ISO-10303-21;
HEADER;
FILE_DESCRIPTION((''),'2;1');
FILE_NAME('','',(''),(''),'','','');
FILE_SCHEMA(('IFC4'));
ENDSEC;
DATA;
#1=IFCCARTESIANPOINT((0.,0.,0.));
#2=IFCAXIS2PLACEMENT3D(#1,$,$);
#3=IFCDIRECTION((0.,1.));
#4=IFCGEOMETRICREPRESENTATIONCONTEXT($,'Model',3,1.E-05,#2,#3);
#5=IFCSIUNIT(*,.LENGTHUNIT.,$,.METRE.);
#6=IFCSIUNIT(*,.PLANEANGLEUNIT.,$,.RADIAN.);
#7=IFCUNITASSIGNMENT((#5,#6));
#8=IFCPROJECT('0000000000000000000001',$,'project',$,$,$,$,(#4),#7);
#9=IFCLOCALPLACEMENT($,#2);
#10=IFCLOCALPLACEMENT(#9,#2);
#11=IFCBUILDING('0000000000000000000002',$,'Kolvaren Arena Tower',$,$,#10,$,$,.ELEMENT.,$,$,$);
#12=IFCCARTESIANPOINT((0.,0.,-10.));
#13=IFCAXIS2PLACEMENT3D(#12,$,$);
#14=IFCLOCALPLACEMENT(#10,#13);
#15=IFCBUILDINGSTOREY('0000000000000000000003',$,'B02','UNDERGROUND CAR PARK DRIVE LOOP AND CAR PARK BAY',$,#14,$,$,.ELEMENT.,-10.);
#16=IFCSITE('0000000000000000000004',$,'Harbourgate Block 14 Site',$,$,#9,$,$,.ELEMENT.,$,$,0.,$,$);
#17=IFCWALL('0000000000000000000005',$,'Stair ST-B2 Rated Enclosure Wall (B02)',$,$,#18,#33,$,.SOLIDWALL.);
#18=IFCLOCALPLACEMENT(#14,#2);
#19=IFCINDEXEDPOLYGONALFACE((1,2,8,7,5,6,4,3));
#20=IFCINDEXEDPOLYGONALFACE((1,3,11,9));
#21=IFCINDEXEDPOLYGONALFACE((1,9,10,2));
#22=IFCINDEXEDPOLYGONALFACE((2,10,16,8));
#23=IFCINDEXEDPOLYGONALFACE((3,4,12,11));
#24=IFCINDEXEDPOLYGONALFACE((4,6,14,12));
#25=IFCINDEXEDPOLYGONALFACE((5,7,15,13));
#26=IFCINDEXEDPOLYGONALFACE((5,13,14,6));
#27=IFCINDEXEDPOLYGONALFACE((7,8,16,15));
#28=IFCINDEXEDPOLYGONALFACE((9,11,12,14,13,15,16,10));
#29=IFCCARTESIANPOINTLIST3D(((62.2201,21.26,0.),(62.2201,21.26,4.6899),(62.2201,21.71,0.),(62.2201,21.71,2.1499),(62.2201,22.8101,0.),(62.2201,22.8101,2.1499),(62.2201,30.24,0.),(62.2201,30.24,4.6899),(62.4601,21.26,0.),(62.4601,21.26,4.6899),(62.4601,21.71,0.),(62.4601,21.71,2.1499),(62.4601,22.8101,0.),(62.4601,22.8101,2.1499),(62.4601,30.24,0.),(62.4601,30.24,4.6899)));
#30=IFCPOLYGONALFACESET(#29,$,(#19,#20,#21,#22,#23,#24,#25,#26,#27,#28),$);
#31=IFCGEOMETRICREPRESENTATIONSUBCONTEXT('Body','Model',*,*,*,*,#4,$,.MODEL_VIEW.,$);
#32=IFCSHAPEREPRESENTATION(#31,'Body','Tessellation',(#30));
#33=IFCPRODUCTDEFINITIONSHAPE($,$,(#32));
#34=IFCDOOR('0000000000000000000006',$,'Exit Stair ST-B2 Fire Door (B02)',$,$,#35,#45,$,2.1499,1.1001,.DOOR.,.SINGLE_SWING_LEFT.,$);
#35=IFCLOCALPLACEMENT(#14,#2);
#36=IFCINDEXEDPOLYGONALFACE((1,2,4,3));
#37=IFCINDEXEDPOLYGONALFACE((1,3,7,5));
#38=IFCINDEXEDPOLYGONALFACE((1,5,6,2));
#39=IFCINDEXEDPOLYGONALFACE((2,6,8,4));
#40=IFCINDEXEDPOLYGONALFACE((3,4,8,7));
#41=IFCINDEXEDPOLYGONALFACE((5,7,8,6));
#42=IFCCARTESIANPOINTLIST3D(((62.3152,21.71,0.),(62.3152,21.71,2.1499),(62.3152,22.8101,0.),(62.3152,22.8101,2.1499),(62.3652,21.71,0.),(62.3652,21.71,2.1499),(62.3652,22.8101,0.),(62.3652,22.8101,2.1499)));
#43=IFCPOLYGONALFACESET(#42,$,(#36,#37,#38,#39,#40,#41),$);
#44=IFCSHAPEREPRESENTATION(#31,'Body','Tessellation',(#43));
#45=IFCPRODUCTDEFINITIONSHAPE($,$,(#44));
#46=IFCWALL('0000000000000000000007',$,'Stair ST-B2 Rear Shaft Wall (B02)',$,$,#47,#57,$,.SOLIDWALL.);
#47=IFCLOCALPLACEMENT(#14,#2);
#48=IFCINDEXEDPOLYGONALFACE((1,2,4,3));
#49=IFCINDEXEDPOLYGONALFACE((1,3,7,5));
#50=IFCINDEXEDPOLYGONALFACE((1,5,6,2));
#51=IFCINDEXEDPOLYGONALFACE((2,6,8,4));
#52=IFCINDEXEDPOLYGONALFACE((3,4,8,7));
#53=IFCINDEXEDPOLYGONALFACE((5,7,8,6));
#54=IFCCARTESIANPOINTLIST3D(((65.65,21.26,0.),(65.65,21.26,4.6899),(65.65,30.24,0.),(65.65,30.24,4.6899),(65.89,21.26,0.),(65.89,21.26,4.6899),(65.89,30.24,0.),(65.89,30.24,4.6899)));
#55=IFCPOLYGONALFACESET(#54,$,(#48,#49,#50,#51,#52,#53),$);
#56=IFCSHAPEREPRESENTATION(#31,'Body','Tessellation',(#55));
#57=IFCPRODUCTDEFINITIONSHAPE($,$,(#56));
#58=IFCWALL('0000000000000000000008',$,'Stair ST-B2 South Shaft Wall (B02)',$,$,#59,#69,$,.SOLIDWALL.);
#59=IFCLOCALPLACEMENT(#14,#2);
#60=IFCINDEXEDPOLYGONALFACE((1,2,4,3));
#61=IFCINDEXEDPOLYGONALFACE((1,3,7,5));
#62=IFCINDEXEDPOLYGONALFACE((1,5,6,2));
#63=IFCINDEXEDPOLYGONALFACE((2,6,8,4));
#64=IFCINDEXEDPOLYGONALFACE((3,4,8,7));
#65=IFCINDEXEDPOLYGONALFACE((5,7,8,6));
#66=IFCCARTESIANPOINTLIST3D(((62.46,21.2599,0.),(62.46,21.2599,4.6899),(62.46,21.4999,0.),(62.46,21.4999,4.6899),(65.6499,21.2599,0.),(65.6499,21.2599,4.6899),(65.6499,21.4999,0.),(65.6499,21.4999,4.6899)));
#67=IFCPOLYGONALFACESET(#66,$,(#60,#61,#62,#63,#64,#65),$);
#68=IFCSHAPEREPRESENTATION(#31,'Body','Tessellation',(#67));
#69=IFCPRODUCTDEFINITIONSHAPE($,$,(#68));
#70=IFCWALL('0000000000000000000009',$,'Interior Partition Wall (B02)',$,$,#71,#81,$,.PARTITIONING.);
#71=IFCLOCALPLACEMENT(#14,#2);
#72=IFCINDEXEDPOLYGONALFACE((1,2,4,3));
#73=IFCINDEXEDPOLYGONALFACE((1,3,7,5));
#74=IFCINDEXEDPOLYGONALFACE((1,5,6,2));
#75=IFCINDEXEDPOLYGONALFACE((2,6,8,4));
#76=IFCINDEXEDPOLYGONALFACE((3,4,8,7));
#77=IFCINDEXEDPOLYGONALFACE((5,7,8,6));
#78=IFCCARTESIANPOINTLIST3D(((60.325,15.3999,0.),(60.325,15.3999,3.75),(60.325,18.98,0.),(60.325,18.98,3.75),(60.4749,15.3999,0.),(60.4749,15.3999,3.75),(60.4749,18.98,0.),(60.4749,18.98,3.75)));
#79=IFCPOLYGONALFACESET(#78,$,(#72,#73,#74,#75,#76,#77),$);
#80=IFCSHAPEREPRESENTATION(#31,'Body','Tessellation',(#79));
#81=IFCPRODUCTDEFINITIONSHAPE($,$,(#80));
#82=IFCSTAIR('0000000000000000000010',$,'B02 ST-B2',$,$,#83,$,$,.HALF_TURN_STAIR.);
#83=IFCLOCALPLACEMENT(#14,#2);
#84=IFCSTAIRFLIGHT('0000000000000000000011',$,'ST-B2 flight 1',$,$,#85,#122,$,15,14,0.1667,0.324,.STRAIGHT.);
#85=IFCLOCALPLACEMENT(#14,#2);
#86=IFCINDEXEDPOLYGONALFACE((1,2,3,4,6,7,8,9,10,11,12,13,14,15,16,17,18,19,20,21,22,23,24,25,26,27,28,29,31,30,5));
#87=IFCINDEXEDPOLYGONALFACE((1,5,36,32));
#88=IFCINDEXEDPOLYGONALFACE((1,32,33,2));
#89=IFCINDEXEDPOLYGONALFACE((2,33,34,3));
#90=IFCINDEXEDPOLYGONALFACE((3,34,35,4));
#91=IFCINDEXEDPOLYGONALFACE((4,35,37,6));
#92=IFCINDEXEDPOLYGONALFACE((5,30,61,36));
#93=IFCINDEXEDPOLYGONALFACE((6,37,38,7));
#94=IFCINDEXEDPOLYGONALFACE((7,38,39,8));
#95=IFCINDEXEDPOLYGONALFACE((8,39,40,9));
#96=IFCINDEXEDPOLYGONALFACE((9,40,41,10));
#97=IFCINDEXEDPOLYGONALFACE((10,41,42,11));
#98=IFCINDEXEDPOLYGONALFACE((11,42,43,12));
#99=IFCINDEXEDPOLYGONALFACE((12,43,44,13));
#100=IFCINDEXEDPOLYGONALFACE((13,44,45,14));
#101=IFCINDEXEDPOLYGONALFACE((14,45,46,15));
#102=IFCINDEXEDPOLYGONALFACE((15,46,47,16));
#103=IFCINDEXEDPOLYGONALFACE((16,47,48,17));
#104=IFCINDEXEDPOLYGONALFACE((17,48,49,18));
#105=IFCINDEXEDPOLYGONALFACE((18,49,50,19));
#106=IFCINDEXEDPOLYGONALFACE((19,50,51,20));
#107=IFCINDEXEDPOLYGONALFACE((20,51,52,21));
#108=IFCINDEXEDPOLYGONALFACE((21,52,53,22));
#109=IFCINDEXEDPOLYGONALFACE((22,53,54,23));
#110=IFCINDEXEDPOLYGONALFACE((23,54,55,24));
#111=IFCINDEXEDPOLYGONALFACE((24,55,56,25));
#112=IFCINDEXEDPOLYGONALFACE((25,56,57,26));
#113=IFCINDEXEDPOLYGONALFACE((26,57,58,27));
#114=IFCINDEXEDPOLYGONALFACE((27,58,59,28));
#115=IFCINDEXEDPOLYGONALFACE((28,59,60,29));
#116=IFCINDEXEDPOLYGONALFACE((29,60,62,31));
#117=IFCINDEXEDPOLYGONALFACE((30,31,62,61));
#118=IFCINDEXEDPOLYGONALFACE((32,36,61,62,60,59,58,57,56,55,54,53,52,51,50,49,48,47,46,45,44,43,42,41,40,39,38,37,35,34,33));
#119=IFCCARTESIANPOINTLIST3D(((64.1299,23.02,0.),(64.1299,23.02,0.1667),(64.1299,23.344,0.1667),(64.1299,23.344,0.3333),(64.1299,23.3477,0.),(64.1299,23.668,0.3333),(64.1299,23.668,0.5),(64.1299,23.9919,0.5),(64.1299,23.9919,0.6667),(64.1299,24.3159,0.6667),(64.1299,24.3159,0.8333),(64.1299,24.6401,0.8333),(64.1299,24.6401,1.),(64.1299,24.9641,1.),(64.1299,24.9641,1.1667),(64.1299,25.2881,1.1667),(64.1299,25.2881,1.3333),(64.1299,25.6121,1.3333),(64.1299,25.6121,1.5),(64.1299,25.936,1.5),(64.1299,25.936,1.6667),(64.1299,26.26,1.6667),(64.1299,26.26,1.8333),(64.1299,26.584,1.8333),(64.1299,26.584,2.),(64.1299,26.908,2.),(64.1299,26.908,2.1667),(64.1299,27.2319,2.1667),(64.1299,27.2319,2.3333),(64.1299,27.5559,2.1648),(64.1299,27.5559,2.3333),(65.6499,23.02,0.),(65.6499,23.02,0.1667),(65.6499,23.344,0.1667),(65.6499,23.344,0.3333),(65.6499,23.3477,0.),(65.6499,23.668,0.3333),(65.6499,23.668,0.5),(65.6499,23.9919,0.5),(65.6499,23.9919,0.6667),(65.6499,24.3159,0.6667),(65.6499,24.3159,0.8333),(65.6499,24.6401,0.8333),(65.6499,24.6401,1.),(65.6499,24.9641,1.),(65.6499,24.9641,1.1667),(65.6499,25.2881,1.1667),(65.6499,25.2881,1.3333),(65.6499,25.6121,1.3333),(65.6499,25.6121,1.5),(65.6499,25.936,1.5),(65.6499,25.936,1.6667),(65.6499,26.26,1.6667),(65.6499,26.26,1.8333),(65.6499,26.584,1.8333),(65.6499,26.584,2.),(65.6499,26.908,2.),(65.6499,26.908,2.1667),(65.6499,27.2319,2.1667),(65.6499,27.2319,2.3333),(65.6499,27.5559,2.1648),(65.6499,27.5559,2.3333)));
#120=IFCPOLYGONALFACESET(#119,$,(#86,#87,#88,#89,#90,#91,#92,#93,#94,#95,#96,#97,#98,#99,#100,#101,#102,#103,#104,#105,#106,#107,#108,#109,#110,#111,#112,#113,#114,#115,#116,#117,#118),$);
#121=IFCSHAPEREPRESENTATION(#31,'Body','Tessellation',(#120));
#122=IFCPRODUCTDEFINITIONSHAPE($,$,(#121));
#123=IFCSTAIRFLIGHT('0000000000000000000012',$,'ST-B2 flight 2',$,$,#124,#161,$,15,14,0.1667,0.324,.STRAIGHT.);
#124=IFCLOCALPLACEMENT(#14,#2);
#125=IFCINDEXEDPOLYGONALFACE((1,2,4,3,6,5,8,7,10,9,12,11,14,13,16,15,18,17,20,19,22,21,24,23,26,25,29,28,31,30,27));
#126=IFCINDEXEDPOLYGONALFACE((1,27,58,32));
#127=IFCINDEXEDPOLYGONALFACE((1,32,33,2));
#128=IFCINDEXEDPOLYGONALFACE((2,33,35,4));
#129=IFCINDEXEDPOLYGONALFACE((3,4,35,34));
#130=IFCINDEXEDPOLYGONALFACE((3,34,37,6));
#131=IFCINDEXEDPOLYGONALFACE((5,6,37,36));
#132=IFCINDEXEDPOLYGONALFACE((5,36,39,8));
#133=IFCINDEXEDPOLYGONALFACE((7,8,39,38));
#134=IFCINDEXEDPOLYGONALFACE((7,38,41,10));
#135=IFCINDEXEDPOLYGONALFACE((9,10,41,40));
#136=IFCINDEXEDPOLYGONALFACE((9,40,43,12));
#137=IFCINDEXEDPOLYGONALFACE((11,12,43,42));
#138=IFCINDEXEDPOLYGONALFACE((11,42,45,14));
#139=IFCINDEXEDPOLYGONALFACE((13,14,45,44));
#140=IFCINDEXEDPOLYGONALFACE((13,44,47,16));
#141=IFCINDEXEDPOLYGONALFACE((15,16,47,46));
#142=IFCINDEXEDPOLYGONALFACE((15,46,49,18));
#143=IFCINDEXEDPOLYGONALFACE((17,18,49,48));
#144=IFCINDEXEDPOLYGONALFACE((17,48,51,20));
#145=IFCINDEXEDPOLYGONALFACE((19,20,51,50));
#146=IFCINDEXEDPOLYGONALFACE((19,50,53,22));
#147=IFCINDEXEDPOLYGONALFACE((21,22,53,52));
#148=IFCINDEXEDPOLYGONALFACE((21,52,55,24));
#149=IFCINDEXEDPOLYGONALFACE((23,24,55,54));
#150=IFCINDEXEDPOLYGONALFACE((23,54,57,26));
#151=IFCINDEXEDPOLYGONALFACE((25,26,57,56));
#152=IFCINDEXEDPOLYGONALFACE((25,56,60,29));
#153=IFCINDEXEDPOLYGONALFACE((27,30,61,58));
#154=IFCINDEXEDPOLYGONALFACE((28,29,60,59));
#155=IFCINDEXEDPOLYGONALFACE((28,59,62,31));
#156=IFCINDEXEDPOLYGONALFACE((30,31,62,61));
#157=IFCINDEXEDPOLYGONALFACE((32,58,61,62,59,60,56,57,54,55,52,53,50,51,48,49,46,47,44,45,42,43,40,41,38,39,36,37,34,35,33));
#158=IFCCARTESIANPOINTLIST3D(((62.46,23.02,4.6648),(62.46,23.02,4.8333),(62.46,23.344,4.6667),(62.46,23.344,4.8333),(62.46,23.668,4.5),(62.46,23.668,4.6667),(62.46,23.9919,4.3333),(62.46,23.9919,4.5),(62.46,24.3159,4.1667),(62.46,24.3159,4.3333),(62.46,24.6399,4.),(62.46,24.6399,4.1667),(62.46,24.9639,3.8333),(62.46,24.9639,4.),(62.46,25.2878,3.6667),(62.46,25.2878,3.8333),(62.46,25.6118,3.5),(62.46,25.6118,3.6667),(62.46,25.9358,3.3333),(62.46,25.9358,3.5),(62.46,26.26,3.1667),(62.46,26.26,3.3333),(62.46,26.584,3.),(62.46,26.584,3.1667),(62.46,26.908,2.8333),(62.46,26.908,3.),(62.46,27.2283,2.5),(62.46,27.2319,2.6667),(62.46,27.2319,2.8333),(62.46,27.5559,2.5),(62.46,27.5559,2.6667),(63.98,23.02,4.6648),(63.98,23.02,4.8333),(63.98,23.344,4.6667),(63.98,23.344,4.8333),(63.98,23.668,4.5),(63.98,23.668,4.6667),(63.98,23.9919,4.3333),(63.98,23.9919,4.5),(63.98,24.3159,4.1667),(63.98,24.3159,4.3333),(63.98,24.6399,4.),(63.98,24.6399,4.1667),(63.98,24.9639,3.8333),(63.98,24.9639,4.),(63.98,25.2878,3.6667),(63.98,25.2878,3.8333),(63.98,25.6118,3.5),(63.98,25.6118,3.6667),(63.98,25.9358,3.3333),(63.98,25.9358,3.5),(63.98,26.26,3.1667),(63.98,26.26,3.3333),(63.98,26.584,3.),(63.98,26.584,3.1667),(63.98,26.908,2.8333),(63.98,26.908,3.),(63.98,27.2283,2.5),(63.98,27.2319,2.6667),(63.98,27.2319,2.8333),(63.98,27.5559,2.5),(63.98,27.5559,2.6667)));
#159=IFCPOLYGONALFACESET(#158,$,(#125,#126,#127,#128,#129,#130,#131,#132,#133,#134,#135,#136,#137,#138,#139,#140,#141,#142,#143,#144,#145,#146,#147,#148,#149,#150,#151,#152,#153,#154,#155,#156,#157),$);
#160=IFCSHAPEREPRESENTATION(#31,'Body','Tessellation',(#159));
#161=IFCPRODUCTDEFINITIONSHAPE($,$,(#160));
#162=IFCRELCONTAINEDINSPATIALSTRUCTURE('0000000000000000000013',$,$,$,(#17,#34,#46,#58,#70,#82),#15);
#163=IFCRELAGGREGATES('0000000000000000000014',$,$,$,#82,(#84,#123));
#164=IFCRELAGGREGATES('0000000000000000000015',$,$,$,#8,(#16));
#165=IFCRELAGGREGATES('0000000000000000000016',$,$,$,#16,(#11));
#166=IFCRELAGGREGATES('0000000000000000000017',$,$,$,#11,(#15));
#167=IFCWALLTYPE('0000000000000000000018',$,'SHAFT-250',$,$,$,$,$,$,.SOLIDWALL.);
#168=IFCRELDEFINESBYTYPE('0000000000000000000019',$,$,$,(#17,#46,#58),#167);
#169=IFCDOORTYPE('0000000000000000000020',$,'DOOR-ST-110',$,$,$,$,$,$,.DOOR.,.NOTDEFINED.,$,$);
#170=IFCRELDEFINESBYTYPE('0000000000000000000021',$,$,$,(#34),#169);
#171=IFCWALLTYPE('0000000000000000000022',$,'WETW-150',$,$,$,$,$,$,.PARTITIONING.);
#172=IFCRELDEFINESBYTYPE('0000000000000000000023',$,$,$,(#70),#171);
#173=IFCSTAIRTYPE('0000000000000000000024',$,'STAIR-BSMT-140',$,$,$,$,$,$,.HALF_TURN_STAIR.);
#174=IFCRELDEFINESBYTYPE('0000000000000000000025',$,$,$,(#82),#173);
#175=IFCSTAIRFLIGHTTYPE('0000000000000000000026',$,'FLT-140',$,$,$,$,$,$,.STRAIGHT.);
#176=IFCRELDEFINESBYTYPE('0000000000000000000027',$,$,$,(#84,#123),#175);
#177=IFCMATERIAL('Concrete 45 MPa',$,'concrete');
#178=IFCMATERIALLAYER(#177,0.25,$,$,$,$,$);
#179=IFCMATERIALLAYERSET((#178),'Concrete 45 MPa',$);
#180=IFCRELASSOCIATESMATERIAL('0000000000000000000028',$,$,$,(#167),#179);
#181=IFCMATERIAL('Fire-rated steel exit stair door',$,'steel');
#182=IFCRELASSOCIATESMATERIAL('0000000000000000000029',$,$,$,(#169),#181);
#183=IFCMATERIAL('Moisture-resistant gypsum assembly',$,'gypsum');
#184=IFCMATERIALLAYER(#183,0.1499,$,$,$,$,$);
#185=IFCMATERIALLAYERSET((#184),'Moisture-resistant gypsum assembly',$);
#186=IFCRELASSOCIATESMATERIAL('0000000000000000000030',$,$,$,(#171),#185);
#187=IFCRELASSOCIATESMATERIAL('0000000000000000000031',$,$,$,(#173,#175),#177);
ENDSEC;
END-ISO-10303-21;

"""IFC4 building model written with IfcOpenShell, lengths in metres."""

from ifc_helpers import new_model, si_unit, direction, frame, frame_2d, origin, place, context, subcontext, project, spatial, polyline, rectangle, outline, extrude, material, layer, layer_set, type_object, element, fill, aggregate, save


model = new_model("IFC4")

# Units and contexts
model_context = context("Model", 3, precision=1e-05, world=origin(), true_north=direction((0.0, 1.0)))
body_context = subcontext(model_context, "Body", "Model", "MODEL_VIEW")
ifc_project = project(units=[si_unit("LENGTHUNIT", "METRE"), si_unit("PLANEANGLEUNIT", "RADIAN")], contexts=[model_context])

# Site, building, storey
site_placement = place(None, origin())
site = spatial("IfcSite", under=ifc_project, at=site_placement, Name="Harbourgate Block 14 Site", CompositionType="ELEMENT", RefElevation=0.0)
building_placement = place(site_placement, origin())
building = spatial("IfcBuilding", under=site, at=building_placement, Name="Kolvaren Arena Tower", CompositionType="ELEMENT")
storey_placement = place(building_placement, frame((0.0, 0.0, -10.0)))
storey = spatial("IfcBuildingStorey", under=building, at=storey_placement, Name="B02", Description="UNDERGROUND CAR PARK DRIVE LOOP AND CAR PARK BAY", CompositionType="ELEMENT", Elevation=-10.0)

# Wall, opening, door
ifc_material_1 = material(Name="Concrete 45 MPa", Category="concrete")
ifc_layer_1 = layer(ifc_material_1, 0.25)
ifc_layer_set_1 = layer_set([ifc_layer_1], Name="Concrete 45 MPa")
wall_type_1 = type_object("IfcWallType", Name="SHAFT-250", PredefinedType="SOLIDWALL", material=ifc_layer_set_1)
wall_1_placement = place(storey_placement, frame((62.3401, 21.26, 0.0), z_axis=(0.0, 0.0, 1.0), x_axis=(0.0, 1.0, 0.0)))
wall_1 = element("IfcWall", 1, at=wall_1_placement, inside=storey, type_object=wall_type_1, Name="Stair ST-B2 Rated Enclosure Wall (B02)", PredefinedType="SOLIDWALL", context=body_context, shape_type="SweptSolid", body=[
    extrude(rectangle(XDim=8.98, YDim=0.24, at=frame_2d((4.49, 0.0))), origin(), (0.0, 0.0, 1.0), 4.6899),
])
opening_placement = place(wall_1_placement, frame((0.45, 0.0, 0.0)))
opening = element("IfcOpeningElement", 2, at=opening_placement, cuts=wall_1, PredefinedType="OPENING", context=body_context, shape_type="SweptSolid", body=[
    extrude(rectangle(XDim=1.1001, YDim=2.1499, at=frame_2d((0.55, 1.075))), frame((0.0, 0.1299, 0.0), z_axis=(0.0, -1.0, 0.0), x_axis=(1.0, 0.0, 0.0)), (0.0, 0.0, 1.0), 0.26),
])
ifc_material_2 = material(Name="Fire-rated steel exit stair door", Category="steel")
door_type = type_object("IfcDoorType", Name="DOOR-ST-110", OperationType="NOTDEFINED", PredefinedType="DOOR", material=ifc_material_2)
door_placement = place(opening_placement, origin())
door = element("IfcDoor", 3, at=door_placement, inside=storey, type_object=door_type, Name="Exit Stair ST-B2 Fire Door (B02)", OperationType="SINGLE_SWING_LEFT", OverallHeight=2.1499, OverallWidth=1.1001, PredefinedType="DOOR", context=body_context, shape_type="SweptSolid", body=[
    extrude(rectangle(XDim=1.1001, YDim=2.1499, at=frame_2d((0.55, 1.075))), frame((0.0, 0.0249, 0.0), z_axis=(0.0, -1.0, 0.0), x_axis=(1.0, 0.0, 0.0)), (0.0, 0.0, 1.0), 0.05),
])
fill(opening, door)

# Walls
wall_2_placement = place(storey_placement, frame((65.77, 21.26, 0.0), z_axis=(0.0, 0.0, 1.0), x_axis=(0.0, 1.0, 0.0)))
element("IfcWall", 4, at=wall_2_placement, inside=storey, type_object=wall_type_1, Name="Stair ST-B2 Rear Shaft Wall (B02)", PredefinedType="SOLIDWALL", context=body_context, shape_type="SweptSolid", body=[
    extrude(rectangle(XDim=8.98, YDim=0.24, at=frame_2d((4.49, 0.0))), origin(), (0.0, 0.0, 1.0), 4.6899),
])
wall_3_placement = place(storey_placement, frame((62.46, 21.3799, 0.0), z_axis=(0.0, 0.0, 1.0), x_axis=(1.0, 0.0, 0.0)))
element("IfcWall", 5, at=wall_3_placement, inside=storey, type_object=wall_type_1, Name="Stair ST-B2 South Shaft Wall (B02)", PredefinedType="SOLIDWALL", context=body_context, shape_type="SweptSolid", body=[
    extrude(rectangle(XDim=3.1899, YDim=0.24, at=frame_2d((1.595, 0.0))), origin(), (0.0, 0.0, 1.0), 4.6899),
])
ifc_material_3 = material(Name="Moisture-resistant gypsum assembly", Category="gypsum")
ifc_layer_2 = layer(ifc_material_3, 0.1499)
ifc_layer_set_2 = layer_set([ifc_layer_2], Name="Moisture-resistant gypsum assembly")
wall_type_2 = type_object("IfcWallType", Name="WETW-150", PredefinedType="PARTITIONING", material=ifc_layer_set_2)
wall_4_placement = place(storey_placement, frame((60.3999, 15.3999, 0.0), z_axis=(0.0, 0.0, 1.0), x_axis=(0.0, 1.0, 0.0)))
element("IfcWall", 6, at=wall_4_placement, inside=storey, type_object=wall_type_2, Name="Interior Partition Wall (B02)", PredefinedType="PARTITIONING", context=body_context, shape_type="SweptSolid", body=[
    extrude(rectangle(XDim=3.5801, YDim=0.1499, at=frame_2d((1.79, 0.0))), origin(), (0.0, 0.0, 1.0), 3.75),
])

# Stair, stair flights
stair_type = type_object("IfcStairType", Name="STAIR-BSMT-140", PredefinedType="HALF_TURN_STAIR", material=ifc_material_1)
stair_placement = place(storey_placement, origin())
stair = element("IfcStair", 7, at=stair_placement, inside=storey, type_object=stair_type, Name="B02 ST-B2", PredefinedType="HALF_TURN_STAIR")
stair_flight_type = type_object("IfcStairFlightType", Name="FLT-140", PredefinedType="STRAIGHT", material=ifc_material_1)
stair_flight_1_placement = place(storey_placement, frame((64.8899, 23.02, 0.0), z_axis=(0.0, 0.0, 1.0), x_axis=(0.0, 1.0, 0.0)))
stair_flight_1 = element("IfcStairFlight", 8, at=stair_flight_1_placement, type_object=stair_flight_type, Name="ST-B2 flight 1", NumberOfRisers=15, NumberOfTreads=14, PredefinedType="STRAIGHT", RiserHeight=0.1667, TreadLength=0.324, context=body_context, shape_type="SweptSolid", body=[
    extrude(outline(polyline([(0.0, 0.0), (0.0, 0.1667), (0.324, 0.1667), (0.324, 0.3333), (0.6479, 0.3333), (0.6479, 0.5), (0.9719, 0.5), (0.9719, 0.6667), (1.2959, 0.6667), (1.2959, 0.8333), (1.6201, 0.8333), (1.6201, 1.0), (1.9441, 1.0), (1.9441, 1.1667), (2.2681, 1.1667), (2.2681, 1.3333), (2.592, 1.3333), (2.592, 1.5), (2.916, 1.5), (2.916, 1.6667), (3.24, 1.6667), (3.24, 1.8333), (3.564, 1.8333), (3.564, 2.0), (3.8879, 2.0), (3.8879, 2.1667), (4.2119, 2.1667), (4.2119, 2.3333), (4.5359, 2.3333), (4.5359, 2.5), (4.5359, 2.1648), (0.3276, 0.0), (0.0, 0.0)])), frame((0.0, 0.76, 0.0), z_axis=(0.0, -1.0, 0.0), x_axis=(1.0, 0.0, 0.0)), (0.0, 0.0, 1.0), 1.52),
])
stair_flight_2_placement = place(storey_placement, frame((63.22, 27.5559, 2.5), z_axis=(0.0, 0.0, 1.0), x_axis=(0.0, -1.0, 0.0)))
stair_flight_2 = element("IfcStairFlight", 9, at=stair_flight_2_placement, type_object=stair_flight_type, Name="ST-B2 flight 2", NumberOfRisers=15, NumberOfTreads=14, PredefinedType="STRAIGHT", RiserHeight=0.1667, TreadLength=0.324, context=body_context, shape_type="SweptSolid", body=[
    extrude(outline(polyline([(0.0, 0.0), (0.0, 0.1667), (0.324, 0.1667), (0.324, 0.3333), (0.6479, 0.3333), (0.6479, 0.5), (0.9719, 0.5), (0.9719, 0.6667), (1.2959, 0.6667), (1.2959, 0.8333), (1.6201, 0.8333), (1.6201, 1.0), (1.9441, 1.0), (1.9441, 1.1667), (2.2681, 1.1667), (2.2681, 1.3333), (2.592, 1.3333), (2.592, 1.5), (2.916, 1.5), (2.916, 1.6667), (3.24, 1.6667), (3.24, 1.8333), (3.564, 1.8333), (3.564, 2.0), (3.8879, 2.0), (3.8879, 2.1667), (4.2119, 2.1667), (4.2119, 2.3333), (4.5359, 2.3333), (4.5359, 2.5), (4.5359, 2.1648), (0.3276, 0.0), (0.0, 0.0)])), frame((0.0, 0.76, 0.0), z_axis=(0.0, -1.0, 0.0), x_axis=(1.0, 0.0, 0.0)), (0.0, 0.0, 1.0), 1.52),
])
aggregate(stair, [stair_flight_1, stair_flight_2])

save(model, "model.ifc")
